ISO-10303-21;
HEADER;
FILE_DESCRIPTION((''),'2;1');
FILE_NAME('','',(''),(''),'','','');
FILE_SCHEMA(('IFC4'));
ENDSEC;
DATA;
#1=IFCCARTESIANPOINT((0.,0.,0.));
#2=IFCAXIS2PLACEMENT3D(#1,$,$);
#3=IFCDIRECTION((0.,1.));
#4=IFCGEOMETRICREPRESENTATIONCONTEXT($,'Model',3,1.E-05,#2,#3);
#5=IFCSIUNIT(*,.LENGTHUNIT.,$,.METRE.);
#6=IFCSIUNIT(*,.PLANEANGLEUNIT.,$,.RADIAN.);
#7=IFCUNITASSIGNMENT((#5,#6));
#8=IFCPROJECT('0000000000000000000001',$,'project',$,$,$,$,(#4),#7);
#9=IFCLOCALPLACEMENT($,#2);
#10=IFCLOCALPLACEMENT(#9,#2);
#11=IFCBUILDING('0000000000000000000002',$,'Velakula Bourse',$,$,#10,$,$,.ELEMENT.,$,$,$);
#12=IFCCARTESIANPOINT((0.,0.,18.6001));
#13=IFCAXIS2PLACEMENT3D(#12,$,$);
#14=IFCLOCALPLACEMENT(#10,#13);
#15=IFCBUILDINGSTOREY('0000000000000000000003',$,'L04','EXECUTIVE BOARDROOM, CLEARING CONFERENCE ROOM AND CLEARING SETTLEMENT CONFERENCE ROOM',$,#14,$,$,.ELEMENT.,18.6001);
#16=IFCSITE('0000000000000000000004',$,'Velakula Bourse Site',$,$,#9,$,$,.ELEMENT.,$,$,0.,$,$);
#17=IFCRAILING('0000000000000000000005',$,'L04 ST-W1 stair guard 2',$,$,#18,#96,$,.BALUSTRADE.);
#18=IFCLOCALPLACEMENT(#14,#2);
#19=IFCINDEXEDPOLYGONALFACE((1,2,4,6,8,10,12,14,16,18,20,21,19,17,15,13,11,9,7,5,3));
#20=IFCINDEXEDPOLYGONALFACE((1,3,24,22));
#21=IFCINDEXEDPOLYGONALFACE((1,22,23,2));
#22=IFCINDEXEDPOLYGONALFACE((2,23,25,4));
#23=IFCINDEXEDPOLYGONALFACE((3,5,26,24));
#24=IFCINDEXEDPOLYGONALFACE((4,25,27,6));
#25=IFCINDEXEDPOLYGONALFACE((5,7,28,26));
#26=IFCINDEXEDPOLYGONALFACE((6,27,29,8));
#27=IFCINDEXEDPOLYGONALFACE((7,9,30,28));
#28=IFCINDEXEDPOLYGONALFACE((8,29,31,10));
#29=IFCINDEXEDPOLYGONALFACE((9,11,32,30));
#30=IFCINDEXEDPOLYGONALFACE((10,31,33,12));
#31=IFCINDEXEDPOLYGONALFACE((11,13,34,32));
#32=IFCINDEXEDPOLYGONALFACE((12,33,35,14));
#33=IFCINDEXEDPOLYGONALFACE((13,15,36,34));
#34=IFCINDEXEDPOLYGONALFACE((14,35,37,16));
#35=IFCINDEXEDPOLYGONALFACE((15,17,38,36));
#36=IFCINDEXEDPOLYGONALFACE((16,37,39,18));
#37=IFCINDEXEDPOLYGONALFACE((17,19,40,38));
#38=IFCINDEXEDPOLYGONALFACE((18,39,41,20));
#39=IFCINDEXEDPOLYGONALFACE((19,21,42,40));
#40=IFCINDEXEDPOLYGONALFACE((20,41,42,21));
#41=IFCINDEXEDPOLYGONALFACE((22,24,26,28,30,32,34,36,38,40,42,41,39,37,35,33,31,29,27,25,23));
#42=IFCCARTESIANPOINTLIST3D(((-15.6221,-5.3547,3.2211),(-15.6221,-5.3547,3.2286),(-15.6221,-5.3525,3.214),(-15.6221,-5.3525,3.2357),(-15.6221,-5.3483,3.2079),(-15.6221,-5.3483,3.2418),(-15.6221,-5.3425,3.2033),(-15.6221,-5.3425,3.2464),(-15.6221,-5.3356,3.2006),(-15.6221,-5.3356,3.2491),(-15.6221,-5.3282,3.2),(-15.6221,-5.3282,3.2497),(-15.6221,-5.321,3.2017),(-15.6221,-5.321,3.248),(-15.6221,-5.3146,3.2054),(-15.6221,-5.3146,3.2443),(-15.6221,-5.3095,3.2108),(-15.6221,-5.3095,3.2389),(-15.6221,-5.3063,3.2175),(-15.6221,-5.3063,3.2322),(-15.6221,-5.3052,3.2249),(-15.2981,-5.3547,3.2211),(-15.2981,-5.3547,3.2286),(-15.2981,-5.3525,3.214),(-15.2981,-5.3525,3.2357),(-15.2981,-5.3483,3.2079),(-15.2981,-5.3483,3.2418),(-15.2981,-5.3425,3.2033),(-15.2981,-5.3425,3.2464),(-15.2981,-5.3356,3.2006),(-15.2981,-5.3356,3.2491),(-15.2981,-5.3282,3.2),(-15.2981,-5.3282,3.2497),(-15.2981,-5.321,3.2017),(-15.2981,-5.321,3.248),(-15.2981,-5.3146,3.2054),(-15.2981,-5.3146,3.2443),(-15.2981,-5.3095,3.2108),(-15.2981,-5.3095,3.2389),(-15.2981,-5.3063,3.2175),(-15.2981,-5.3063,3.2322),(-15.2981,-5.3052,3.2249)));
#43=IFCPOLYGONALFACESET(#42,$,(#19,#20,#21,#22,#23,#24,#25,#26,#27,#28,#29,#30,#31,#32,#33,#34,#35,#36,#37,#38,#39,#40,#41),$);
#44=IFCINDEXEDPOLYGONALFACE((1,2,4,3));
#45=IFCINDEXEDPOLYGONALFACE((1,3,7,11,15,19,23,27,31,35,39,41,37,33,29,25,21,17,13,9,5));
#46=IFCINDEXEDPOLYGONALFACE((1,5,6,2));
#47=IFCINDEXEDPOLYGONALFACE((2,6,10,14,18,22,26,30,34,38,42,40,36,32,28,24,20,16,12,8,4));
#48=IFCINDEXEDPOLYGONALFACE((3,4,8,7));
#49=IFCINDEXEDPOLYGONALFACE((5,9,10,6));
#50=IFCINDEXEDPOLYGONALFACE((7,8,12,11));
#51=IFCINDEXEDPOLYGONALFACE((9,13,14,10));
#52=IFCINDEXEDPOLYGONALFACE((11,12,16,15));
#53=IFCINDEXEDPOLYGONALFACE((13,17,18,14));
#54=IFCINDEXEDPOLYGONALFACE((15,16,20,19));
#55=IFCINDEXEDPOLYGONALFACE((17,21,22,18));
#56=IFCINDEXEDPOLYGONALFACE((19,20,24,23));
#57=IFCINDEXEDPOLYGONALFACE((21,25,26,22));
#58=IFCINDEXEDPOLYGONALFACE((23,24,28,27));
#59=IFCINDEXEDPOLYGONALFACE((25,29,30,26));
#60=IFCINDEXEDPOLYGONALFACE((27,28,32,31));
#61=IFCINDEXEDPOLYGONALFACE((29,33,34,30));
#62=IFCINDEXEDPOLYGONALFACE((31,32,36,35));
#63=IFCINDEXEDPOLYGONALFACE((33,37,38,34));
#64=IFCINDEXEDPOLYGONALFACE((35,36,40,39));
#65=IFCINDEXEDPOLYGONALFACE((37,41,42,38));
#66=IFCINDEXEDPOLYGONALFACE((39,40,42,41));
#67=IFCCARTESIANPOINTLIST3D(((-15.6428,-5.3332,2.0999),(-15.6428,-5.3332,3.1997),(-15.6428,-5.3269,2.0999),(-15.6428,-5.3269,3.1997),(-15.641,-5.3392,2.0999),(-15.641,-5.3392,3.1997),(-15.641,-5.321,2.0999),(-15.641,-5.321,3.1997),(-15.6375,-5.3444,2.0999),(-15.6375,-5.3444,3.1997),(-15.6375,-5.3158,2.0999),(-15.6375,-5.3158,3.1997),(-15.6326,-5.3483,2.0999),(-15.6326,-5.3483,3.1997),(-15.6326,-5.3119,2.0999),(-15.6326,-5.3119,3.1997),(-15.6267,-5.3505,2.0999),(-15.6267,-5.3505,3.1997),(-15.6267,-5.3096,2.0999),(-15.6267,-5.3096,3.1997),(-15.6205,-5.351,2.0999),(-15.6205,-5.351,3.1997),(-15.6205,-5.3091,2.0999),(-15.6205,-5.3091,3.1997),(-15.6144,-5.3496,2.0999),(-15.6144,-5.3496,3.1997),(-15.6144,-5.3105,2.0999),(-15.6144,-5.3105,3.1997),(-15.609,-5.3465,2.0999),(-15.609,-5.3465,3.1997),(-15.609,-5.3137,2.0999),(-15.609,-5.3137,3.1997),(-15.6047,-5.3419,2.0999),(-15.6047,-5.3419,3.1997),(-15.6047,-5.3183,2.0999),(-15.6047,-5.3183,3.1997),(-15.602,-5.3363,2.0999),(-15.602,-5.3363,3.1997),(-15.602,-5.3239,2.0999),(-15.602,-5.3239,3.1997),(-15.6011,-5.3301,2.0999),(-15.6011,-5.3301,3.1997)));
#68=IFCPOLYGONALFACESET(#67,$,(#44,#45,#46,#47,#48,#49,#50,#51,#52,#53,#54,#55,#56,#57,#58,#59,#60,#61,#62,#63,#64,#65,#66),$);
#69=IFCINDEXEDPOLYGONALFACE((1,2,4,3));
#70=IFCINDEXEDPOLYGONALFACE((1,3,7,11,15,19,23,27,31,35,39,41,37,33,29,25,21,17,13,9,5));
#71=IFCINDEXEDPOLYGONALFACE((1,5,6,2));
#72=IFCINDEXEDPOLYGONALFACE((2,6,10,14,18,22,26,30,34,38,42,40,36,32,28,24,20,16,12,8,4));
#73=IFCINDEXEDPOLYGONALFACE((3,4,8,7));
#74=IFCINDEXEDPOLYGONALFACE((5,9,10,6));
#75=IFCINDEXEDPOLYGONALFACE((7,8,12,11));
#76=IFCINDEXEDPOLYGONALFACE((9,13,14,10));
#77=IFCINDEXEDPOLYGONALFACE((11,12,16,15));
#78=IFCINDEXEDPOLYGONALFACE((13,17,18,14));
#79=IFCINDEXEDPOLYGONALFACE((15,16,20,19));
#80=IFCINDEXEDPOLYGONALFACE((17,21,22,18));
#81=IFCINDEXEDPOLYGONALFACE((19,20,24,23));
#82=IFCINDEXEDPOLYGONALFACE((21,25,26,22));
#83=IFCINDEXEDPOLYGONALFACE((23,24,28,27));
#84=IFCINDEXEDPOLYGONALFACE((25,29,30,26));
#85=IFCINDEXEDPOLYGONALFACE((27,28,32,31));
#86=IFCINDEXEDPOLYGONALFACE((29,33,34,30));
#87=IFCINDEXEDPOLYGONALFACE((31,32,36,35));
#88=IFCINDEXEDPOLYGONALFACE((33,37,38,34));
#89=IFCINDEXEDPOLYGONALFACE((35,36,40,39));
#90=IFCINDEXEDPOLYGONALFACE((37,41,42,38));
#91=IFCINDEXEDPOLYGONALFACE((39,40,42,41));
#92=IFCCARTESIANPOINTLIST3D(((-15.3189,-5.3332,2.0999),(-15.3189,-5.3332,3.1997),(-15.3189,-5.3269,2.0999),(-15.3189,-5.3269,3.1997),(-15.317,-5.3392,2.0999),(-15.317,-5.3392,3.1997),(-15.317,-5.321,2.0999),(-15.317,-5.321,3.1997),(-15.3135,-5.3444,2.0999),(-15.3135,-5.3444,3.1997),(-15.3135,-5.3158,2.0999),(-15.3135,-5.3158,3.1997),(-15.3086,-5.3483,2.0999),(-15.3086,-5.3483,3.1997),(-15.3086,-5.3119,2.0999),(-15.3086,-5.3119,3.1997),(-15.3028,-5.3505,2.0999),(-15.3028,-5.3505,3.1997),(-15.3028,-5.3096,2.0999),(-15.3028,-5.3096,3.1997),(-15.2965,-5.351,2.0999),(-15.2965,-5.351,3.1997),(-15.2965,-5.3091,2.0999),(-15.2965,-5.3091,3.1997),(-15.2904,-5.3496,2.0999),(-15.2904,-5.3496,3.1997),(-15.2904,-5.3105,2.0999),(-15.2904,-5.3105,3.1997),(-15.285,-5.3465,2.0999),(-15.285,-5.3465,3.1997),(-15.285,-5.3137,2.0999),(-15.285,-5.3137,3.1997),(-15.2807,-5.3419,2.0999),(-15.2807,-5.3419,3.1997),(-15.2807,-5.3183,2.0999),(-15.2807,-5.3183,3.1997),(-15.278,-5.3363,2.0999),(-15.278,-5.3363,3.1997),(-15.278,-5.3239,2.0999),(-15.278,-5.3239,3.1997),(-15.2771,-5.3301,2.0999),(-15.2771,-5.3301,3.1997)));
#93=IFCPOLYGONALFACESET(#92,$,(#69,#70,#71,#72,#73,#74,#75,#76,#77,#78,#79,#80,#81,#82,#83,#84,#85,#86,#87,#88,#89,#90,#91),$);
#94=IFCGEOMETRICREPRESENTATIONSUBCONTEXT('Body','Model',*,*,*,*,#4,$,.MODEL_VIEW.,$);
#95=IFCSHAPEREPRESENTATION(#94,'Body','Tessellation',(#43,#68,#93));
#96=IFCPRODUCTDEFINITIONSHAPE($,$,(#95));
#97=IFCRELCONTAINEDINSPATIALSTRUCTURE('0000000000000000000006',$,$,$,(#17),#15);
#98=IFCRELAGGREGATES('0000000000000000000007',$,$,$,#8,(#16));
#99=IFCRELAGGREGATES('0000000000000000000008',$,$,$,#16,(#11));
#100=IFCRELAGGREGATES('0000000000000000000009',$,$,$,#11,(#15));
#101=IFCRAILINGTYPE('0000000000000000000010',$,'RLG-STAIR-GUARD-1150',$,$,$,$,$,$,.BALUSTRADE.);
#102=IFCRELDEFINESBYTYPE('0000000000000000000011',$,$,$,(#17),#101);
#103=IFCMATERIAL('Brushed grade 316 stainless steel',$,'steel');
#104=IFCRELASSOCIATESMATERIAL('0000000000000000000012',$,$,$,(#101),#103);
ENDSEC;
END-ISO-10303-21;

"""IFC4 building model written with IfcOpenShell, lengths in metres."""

from ifc_helpers import new_model, si_unit, direction, frame, origin, origin_2d, place, context, subcontext, project, spatial, circle, extrude, material, type_object, element, save


model = new_model("IFC4")

# Units and contexts
model_context = context("Model", 3, precision=1e-05, world=origin(), true_north=direction((0.0, 1.0)))
body_context = subcontext(model_context, "Body", "Model", "MODEL_VIEW")
ifc_project = project(units=[si_unit("LENGTHUNIT", "METRE"), si_unit("PLANEANGLEUNIT", "RADIAN")], contexts=[model_context])

# Site, building, storey
site_placement = place(None, origin())
site = spatial("IfcSite", under=ifc_project, at=site_placement, Name="Velakula Bourse Site", CompositionType="ELEMENT", RefElevation=0.0)
building_placement = place(site_placement, origin())
building = spatial("IfcBuilding", under=site, at=building_placement, Name="Velakula Bourse", CompositionType="ELEMENT")
storey_placement = place(building_placement, frame((0.0, 0.0, 18.6001)))
storey = spatial("IfcBuildingStorey", under=building, at=storey_placement, Name="L04", Description="EXECUTIVE BOARDROOM, CLEARING CONFERENCE ROOM AND CLEARING SETTLEMENT CONFERENCE ROOM", CompositionType="ELEMENT", Elevation=18.6001)

# Shared definitions
ifc_material_1 = material(Name="Brushed grade 316 stainless steel", Category="steel")

# Railing
railing_type_1 = type_object("IfcRailingType", Name="RLG-STAIR-GUARD-1150", PredefinedType="BALUSTRADE", material=ifc_material_1)
railing_1_placement = place(storey_placement, frame((-15.6221, -5.3301, 2.0999)))
element("IfcRailing", 1, at=railing_1_placement, inside=storey, type_object=railing_type_1, Name="L04 ST-W1 stair guard 2", PredefinedType="BALUSTRADE", context=body_context, shape_type="SweptSolid", body=[
    extrude(circle(Radius=0.0249, at=origin_2d()), frame((0.0, 0.0, 1.125), z_axis=(1.0, 0.0, 0.0), x_axis=(0.0, 1.0, 0.0)), (0.0, 0.0, 1.0), 0.324),
    extrude(circle(Radius=0.021, at=origin_2d()), origin(), (0.0, 0.0, 1.0), 1.0999),
    extrude(circle(Radius=0.021, at=origin_2d()), frame((0.324, 0.0, 0.0)), (0.0, 0.0, 1.0), 1.0999),
])

save(model, "model.ifc")
